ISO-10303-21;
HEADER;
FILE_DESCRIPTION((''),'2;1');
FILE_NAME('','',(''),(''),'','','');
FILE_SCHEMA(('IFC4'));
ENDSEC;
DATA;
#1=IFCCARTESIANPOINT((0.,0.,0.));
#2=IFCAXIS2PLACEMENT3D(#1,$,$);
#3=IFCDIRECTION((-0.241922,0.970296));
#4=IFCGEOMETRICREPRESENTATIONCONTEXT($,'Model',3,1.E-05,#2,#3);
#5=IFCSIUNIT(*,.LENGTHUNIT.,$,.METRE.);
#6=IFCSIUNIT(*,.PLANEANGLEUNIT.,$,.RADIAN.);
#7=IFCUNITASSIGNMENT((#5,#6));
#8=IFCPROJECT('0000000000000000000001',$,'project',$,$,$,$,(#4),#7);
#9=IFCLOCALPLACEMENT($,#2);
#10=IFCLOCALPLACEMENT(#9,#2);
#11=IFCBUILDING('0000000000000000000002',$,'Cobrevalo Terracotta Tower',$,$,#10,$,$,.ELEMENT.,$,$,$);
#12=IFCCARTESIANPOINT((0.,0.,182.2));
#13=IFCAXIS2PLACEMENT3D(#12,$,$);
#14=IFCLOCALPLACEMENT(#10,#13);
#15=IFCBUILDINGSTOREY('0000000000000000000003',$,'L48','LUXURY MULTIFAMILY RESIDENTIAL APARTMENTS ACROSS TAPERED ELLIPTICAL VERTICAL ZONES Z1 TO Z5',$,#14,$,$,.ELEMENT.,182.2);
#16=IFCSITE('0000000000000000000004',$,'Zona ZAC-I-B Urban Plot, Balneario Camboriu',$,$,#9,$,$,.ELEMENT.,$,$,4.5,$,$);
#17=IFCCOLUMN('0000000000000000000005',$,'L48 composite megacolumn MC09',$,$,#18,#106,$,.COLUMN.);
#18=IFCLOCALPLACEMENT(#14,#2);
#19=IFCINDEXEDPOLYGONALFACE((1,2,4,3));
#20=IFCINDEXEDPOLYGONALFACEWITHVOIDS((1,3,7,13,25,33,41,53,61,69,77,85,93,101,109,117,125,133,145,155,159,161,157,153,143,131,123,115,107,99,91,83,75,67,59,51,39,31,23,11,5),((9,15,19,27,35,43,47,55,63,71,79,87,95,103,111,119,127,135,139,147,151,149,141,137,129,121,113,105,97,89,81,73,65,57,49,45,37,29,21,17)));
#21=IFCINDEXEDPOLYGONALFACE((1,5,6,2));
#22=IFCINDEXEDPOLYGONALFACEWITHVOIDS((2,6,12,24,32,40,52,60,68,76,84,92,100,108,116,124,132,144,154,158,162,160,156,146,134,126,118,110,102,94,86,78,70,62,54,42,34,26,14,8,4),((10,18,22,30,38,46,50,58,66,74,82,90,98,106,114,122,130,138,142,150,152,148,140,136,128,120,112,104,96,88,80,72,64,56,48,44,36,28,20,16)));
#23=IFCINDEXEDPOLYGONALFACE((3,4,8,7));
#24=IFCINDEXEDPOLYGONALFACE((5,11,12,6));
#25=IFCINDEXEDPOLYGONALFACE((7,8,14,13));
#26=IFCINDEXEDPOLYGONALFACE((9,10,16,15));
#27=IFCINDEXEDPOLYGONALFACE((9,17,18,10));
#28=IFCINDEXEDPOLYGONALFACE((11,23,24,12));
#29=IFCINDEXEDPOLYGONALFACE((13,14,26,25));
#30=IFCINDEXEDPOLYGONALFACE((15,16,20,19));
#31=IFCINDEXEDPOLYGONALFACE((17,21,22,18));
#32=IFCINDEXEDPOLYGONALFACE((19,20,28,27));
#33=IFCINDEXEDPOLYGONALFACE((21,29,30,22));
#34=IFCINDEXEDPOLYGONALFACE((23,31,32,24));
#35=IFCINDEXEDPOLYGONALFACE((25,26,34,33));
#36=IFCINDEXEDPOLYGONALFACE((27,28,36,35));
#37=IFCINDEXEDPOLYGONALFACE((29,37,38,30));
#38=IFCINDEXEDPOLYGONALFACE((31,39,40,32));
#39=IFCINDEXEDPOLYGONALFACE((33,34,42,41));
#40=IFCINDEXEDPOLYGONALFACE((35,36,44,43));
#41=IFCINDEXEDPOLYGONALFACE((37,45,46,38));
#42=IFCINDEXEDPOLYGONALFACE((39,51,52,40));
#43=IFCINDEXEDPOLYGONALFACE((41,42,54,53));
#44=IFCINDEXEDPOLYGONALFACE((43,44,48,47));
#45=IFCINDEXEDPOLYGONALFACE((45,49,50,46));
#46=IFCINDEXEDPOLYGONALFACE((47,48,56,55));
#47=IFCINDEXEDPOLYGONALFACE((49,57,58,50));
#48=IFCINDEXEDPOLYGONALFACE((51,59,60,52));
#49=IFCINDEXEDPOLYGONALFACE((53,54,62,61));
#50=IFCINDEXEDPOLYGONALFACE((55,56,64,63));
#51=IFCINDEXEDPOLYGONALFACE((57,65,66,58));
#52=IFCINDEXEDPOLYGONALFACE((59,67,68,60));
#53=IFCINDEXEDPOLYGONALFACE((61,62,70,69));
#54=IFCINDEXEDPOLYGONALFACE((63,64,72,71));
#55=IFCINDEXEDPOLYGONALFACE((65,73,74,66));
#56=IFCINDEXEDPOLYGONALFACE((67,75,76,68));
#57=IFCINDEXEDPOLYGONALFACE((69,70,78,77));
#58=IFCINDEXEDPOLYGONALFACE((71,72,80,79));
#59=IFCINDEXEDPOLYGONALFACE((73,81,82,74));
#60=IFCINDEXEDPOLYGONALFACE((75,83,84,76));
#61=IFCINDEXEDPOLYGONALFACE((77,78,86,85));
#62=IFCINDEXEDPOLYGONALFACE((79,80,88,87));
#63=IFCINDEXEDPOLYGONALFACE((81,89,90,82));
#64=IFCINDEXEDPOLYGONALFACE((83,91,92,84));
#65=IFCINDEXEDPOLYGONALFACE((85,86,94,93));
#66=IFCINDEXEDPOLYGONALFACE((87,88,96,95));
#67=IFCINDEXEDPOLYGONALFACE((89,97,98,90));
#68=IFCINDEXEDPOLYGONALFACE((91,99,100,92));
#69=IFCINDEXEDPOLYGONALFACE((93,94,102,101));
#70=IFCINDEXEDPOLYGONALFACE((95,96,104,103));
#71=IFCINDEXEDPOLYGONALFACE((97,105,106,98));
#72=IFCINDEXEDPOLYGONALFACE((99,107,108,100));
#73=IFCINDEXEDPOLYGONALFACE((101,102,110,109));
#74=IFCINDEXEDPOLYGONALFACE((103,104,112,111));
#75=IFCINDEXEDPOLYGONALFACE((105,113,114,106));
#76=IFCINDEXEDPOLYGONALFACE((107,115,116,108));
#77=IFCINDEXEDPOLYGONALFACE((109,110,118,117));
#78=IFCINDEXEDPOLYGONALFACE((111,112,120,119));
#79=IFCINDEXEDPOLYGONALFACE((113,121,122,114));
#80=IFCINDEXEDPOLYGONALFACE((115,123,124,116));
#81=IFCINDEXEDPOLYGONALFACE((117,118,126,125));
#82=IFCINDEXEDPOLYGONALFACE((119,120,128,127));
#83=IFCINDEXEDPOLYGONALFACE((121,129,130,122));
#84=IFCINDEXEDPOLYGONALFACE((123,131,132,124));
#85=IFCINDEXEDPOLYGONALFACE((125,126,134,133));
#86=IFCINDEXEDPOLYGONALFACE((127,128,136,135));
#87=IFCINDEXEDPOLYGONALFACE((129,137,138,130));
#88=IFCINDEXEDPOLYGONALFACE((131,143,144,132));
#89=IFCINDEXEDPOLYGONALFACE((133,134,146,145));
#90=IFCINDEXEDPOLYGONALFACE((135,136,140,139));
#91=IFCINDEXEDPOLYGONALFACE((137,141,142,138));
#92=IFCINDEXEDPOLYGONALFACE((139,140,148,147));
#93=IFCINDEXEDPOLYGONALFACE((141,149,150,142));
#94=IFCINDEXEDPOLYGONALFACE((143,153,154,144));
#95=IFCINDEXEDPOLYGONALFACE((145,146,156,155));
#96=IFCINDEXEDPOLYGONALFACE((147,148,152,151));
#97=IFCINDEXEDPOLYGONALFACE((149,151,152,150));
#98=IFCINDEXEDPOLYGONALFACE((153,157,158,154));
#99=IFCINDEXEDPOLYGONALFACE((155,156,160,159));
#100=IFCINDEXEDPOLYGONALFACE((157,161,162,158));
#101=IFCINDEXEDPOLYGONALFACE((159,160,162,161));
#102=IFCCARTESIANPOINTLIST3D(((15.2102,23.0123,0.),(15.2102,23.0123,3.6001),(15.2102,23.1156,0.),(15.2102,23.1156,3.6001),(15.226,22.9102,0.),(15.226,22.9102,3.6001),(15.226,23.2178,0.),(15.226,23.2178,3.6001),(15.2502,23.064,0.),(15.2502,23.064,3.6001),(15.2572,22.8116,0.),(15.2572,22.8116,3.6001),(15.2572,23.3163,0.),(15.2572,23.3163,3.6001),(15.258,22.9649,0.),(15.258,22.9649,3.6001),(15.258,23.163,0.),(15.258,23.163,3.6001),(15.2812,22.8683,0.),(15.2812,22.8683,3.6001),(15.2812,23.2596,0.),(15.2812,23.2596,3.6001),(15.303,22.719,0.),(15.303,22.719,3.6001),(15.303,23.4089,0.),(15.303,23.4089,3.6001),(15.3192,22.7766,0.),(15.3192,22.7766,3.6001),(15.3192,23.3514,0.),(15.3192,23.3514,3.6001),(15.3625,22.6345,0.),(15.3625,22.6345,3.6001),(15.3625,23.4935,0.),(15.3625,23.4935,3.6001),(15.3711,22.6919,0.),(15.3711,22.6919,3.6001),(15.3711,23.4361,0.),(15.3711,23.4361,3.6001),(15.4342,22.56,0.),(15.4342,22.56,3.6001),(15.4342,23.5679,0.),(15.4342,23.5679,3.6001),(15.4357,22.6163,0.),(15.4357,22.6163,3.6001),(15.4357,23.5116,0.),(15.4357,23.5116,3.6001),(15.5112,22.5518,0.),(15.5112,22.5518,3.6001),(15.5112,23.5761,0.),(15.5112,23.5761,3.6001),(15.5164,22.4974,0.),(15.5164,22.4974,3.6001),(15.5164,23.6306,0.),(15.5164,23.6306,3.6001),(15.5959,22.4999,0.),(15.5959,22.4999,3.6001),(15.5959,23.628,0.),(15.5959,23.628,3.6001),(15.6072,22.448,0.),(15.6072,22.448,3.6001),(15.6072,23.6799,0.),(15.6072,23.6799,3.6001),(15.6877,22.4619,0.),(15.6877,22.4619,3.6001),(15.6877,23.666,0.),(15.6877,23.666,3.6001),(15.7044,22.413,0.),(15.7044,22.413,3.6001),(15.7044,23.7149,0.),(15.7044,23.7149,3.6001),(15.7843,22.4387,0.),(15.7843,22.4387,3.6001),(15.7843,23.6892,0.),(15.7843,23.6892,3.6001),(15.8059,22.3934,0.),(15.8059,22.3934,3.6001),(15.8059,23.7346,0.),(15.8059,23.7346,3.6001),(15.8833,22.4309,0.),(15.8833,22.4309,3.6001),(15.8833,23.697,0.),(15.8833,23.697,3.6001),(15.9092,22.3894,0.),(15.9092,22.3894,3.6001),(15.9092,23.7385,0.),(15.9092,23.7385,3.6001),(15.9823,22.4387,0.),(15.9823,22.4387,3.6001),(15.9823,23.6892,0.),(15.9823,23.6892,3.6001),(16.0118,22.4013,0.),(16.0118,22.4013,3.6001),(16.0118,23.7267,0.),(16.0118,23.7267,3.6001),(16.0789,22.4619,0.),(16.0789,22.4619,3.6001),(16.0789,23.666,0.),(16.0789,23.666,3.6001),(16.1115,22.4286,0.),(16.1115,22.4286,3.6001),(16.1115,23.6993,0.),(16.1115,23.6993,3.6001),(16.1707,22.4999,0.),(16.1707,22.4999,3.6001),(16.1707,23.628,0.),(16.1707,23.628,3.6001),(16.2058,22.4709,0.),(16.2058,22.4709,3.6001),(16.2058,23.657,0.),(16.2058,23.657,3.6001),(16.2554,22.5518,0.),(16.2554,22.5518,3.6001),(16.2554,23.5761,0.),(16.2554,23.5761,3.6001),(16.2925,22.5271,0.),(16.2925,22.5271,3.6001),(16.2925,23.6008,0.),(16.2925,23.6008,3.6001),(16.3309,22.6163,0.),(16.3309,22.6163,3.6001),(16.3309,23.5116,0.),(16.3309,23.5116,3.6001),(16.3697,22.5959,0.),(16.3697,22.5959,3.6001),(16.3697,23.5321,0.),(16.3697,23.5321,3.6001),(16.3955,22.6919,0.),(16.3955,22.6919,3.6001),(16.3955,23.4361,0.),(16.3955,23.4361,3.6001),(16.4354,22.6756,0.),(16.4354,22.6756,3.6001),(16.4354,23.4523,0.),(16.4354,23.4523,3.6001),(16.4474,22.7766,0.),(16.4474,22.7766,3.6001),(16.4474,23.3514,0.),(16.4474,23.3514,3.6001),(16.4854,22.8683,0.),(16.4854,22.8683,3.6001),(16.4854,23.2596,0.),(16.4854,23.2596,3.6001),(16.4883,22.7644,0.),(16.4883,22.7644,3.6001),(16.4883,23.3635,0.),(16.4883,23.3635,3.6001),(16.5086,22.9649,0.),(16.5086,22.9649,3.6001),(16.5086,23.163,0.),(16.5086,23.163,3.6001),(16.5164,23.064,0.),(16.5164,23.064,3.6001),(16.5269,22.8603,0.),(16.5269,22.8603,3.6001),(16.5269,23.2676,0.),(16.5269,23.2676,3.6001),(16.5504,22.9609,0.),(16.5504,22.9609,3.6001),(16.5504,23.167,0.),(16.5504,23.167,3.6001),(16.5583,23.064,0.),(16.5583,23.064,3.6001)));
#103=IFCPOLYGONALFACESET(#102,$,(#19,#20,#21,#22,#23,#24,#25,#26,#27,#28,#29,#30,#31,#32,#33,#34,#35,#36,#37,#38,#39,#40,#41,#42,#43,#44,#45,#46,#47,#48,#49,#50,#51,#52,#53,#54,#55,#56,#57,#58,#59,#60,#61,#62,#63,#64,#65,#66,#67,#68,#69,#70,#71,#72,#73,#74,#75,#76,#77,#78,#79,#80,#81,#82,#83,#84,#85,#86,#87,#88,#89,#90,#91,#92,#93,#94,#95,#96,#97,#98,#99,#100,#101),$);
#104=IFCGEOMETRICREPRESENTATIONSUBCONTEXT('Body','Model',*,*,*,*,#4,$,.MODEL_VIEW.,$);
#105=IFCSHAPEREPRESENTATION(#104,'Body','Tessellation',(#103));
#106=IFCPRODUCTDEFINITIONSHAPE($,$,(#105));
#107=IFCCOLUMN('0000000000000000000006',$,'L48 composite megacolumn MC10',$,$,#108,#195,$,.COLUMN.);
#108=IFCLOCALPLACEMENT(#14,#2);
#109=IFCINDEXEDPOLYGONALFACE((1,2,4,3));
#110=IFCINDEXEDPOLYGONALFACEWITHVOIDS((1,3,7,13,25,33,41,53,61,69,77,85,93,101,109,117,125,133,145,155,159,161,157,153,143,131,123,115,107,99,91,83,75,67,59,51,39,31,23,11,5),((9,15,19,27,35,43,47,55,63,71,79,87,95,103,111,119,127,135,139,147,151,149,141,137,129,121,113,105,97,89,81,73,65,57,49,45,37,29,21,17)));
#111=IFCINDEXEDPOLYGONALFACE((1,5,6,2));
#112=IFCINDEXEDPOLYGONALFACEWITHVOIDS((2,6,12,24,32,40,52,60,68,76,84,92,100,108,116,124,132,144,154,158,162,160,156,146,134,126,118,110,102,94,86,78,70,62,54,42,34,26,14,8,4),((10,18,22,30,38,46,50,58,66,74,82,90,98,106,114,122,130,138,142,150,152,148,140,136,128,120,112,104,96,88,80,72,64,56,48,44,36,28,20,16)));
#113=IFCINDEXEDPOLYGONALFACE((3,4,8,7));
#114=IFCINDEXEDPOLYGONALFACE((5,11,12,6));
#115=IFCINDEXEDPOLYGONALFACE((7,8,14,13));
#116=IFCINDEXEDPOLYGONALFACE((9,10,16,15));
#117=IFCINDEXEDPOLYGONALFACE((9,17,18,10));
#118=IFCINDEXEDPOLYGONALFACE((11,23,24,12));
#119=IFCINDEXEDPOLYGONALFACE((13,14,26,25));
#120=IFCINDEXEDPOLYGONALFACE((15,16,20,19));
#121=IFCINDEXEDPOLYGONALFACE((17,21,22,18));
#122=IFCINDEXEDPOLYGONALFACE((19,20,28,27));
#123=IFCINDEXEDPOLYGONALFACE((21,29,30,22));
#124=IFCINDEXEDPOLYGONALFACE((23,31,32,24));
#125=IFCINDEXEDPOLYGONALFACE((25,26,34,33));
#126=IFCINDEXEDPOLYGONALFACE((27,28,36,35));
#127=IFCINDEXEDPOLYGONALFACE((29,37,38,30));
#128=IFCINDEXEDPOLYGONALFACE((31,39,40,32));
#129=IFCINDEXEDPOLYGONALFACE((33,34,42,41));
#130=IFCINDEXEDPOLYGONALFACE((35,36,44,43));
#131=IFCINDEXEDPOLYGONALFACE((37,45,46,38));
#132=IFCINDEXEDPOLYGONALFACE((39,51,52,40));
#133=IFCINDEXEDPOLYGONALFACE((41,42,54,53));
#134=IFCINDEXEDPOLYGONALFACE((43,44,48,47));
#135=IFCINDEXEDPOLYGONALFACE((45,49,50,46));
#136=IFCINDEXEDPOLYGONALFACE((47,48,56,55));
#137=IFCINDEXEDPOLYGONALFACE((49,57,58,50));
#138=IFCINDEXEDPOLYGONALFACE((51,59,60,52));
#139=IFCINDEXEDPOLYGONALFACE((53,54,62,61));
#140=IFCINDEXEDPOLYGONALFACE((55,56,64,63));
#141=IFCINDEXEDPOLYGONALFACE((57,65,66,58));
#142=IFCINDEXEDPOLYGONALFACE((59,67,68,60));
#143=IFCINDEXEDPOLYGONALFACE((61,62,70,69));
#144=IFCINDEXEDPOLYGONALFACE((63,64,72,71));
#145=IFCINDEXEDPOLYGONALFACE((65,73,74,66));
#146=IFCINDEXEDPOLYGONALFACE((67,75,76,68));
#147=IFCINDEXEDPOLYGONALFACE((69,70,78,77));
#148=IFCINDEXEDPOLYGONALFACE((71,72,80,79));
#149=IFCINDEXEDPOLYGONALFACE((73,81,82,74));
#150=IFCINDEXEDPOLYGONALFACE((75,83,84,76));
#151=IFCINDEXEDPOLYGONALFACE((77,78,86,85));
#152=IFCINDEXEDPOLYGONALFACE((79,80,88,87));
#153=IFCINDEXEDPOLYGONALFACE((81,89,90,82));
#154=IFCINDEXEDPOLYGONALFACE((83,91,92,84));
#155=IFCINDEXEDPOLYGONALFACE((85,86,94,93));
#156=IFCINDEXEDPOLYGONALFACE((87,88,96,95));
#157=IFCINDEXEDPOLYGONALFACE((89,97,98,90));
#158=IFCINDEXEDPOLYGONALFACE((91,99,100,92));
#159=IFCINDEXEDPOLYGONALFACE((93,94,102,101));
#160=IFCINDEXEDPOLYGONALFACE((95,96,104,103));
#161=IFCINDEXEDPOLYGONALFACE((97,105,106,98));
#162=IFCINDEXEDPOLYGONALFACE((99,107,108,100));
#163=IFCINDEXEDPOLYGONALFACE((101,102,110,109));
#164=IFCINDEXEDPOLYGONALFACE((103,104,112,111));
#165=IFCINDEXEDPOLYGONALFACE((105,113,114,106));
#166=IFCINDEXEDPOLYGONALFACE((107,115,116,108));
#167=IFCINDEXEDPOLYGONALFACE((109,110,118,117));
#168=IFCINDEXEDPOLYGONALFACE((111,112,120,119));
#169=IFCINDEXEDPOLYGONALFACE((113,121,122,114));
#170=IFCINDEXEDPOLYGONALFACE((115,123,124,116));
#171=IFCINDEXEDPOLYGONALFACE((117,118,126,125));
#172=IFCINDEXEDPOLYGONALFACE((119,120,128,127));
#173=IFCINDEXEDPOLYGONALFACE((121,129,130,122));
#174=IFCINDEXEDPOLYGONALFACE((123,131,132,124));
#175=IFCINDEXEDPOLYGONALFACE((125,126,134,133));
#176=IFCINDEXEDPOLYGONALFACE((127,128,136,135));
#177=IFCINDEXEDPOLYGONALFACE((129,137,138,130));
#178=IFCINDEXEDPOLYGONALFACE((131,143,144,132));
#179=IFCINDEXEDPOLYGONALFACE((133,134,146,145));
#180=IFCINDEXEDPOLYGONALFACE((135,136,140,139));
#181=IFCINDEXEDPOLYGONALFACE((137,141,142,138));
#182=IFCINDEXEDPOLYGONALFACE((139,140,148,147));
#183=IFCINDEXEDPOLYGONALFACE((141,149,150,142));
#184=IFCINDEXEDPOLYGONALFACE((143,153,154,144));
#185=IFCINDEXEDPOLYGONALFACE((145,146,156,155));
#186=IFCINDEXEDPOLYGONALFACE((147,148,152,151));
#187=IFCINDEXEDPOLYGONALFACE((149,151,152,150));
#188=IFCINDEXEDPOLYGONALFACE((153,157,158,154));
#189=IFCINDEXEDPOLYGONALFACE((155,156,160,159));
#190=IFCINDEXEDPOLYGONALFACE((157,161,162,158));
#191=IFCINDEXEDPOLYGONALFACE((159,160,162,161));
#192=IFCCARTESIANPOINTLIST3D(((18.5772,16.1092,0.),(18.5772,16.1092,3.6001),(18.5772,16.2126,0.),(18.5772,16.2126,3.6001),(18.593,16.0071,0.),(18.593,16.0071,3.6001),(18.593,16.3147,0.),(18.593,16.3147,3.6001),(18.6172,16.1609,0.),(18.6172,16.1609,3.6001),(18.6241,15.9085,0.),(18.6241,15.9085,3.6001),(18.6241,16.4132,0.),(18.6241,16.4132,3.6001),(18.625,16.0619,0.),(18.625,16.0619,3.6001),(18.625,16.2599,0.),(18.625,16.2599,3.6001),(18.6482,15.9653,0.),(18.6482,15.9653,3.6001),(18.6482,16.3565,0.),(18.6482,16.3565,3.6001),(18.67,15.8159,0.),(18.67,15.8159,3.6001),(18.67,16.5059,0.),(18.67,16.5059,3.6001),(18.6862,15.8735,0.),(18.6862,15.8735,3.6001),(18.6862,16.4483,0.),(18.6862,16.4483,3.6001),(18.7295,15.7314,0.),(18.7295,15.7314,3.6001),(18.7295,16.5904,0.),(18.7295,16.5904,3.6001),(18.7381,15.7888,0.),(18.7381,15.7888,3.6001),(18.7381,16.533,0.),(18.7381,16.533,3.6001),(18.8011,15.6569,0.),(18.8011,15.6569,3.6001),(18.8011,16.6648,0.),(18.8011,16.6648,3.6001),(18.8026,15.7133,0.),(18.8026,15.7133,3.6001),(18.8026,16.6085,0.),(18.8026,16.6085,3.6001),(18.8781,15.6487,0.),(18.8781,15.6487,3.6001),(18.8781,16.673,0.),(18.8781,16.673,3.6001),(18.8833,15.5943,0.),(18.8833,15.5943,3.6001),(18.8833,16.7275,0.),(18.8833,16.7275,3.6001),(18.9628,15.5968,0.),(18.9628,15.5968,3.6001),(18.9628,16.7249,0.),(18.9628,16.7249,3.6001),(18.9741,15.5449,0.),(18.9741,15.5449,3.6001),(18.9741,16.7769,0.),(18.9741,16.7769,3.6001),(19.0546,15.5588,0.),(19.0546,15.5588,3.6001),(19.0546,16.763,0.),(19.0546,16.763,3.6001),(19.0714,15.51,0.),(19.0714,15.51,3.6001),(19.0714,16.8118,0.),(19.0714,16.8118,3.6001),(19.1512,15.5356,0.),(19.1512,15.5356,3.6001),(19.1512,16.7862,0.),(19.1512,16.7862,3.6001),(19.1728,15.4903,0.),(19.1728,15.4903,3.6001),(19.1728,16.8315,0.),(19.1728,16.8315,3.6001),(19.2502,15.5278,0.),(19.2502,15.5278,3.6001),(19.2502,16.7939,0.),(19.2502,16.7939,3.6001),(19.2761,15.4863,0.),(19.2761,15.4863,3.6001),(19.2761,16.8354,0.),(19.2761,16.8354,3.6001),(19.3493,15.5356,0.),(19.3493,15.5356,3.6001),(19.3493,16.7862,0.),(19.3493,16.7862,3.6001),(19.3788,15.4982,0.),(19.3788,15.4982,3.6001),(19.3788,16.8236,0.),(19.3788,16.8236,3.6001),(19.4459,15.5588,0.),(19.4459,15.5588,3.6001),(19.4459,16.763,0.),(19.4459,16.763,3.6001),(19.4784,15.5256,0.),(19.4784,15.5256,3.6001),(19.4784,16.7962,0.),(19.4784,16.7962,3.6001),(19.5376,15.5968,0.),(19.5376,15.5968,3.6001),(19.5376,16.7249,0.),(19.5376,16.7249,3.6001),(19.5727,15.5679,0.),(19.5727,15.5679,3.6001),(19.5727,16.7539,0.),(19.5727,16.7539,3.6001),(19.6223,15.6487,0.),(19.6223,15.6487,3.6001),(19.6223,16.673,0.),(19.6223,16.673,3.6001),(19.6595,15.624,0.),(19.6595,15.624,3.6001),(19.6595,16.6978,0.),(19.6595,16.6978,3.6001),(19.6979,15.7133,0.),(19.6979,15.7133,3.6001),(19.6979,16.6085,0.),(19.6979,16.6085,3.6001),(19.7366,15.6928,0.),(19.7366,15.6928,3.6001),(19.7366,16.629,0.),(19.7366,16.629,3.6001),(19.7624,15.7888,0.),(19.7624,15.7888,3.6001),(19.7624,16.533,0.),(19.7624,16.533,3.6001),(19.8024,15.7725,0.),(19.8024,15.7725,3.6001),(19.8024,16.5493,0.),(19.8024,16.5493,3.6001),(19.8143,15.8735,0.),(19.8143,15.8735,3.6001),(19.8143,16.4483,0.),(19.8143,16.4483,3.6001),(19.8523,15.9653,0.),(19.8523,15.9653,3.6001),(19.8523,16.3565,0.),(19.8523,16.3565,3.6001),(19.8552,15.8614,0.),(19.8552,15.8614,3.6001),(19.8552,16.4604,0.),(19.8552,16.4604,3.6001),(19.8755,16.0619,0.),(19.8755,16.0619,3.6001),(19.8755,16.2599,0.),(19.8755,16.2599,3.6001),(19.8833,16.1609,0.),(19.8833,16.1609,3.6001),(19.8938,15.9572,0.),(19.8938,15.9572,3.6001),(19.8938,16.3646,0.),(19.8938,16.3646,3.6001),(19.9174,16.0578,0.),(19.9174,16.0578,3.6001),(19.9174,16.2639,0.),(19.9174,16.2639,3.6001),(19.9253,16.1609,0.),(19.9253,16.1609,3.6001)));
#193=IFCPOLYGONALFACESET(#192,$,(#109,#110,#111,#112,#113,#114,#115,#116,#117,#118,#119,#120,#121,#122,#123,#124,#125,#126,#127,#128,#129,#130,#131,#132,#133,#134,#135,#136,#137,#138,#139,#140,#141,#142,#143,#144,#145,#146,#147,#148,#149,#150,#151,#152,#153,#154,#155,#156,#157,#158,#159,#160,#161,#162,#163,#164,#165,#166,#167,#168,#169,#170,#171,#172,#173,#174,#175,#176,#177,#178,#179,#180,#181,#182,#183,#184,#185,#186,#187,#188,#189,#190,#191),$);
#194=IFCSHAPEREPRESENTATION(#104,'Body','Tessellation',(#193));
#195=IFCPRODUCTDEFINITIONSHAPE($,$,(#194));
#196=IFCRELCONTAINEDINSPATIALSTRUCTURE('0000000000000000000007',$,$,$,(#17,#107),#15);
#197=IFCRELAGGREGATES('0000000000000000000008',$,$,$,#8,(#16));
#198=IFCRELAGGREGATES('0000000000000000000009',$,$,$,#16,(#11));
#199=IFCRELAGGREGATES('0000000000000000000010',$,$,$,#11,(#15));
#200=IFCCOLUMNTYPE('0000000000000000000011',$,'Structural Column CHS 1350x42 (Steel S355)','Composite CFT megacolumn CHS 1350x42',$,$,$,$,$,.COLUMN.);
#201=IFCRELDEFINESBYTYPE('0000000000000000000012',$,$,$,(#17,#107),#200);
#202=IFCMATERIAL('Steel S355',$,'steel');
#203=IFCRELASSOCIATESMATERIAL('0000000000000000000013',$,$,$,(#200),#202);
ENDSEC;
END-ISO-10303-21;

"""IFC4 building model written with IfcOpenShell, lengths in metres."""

from ifc_helpers import new_model, si_unit, direction, frame, origin, origin_2d, place, context, subcontext, project, spatial, hollow_circle, extrude, material, material_profile, profile_set, type_object, element, save


model = new_model("IFC4")

# Units and contexts
model_context = context("Model", 3, precision=1e-05, world=origin(), true_north=direction((-0.241922, 0.970296)))
body_context = subcontext(model_context, "Body", "Model", "MODEL_VIEW")
ifc_project = project(units=[si_unit("LENGTHUNIT", "METRE"), si_unit("PLANEANGLEUNIT", "RADIAN")], contexts=[model_context])

# Site, building, storey
site_placement = place(None, origin())
site = spatial("IfcSite", under=ifc_project, at=site_placement, Name="Zona ZAC-I-B Urban Plot, Balneario Camboriu", CompositionType="ELEMENT", RefElevation=4.5)
building_placement = place(site_placement, origin())
building = spatial("IfcBuilding", under=site, at=building_placement, Name="Cobrevalo Terracotta Tower", CompositionType="ELEMENT")
storey_placement = place(building_placement, frame((0.0, 0.0, 182.2)))
storey = spatial("IfcBuildingStorey", under=building, at=storey_placement, Name="L48", Description="LUXURY MULTIFAMILY RESIDENTIAL APARTMENTS ACROSS TAPERED ELLIPTICAL VERTICAL ZONES Z1 TO Z5", CompositionType="ELEMENT", Elevation=182.2)

# Columns
ifc_material_1 = material(Name="Steel S355", Category="steel")
ifc_material_profile_1 = material_profile(ifc_material_1, hollow_circle(Radius=0.675, WallThickness=0.042, at=origin_2d()), Name="CHS 1350x42")
ifc_profile_set_1 = profile_set([ifc_material_profile_1], Name="Steel S355")
column_type = type_object("IfcColumnType", Name="Structural Column CHS 1350x42 (Steel S355)", Description="Composite CFT megacolumn CHS 1350x42", PredefinedType="COLUMN", material=ifc_profile_set_1)
for number, where, z_axis, x_axis, name in (
    (1, (15.8833, 23.064, 0.0), (0.0, 0.0, 1.0), (1.0, 0.0, 0.0), "L48 composite megacolumn MC09"),
    (2, (19.2502, 16.1609, 0.0), (0.0, 0.0, 1.0), (1.0, 0.0, 0.0), "L48 composite megacolumn MC10"),
):
    element("IfcColumn", number, at=place(storey_placement, frame(where, z_axis=z_axis, x_axis=x_axis)), inside=storey, type_object=column_type, Name=name, PredefinedType="COLUMN", context=body_context, shape_type="SweptSolid", body=[
        extrude(hollow_circle(Radius=0.675, WallThickness=0.042, at=origin_2d()), origin(), (0.0, 0.0, 1.0), 3.6001),
    ])

save(model, "model.ifc")
